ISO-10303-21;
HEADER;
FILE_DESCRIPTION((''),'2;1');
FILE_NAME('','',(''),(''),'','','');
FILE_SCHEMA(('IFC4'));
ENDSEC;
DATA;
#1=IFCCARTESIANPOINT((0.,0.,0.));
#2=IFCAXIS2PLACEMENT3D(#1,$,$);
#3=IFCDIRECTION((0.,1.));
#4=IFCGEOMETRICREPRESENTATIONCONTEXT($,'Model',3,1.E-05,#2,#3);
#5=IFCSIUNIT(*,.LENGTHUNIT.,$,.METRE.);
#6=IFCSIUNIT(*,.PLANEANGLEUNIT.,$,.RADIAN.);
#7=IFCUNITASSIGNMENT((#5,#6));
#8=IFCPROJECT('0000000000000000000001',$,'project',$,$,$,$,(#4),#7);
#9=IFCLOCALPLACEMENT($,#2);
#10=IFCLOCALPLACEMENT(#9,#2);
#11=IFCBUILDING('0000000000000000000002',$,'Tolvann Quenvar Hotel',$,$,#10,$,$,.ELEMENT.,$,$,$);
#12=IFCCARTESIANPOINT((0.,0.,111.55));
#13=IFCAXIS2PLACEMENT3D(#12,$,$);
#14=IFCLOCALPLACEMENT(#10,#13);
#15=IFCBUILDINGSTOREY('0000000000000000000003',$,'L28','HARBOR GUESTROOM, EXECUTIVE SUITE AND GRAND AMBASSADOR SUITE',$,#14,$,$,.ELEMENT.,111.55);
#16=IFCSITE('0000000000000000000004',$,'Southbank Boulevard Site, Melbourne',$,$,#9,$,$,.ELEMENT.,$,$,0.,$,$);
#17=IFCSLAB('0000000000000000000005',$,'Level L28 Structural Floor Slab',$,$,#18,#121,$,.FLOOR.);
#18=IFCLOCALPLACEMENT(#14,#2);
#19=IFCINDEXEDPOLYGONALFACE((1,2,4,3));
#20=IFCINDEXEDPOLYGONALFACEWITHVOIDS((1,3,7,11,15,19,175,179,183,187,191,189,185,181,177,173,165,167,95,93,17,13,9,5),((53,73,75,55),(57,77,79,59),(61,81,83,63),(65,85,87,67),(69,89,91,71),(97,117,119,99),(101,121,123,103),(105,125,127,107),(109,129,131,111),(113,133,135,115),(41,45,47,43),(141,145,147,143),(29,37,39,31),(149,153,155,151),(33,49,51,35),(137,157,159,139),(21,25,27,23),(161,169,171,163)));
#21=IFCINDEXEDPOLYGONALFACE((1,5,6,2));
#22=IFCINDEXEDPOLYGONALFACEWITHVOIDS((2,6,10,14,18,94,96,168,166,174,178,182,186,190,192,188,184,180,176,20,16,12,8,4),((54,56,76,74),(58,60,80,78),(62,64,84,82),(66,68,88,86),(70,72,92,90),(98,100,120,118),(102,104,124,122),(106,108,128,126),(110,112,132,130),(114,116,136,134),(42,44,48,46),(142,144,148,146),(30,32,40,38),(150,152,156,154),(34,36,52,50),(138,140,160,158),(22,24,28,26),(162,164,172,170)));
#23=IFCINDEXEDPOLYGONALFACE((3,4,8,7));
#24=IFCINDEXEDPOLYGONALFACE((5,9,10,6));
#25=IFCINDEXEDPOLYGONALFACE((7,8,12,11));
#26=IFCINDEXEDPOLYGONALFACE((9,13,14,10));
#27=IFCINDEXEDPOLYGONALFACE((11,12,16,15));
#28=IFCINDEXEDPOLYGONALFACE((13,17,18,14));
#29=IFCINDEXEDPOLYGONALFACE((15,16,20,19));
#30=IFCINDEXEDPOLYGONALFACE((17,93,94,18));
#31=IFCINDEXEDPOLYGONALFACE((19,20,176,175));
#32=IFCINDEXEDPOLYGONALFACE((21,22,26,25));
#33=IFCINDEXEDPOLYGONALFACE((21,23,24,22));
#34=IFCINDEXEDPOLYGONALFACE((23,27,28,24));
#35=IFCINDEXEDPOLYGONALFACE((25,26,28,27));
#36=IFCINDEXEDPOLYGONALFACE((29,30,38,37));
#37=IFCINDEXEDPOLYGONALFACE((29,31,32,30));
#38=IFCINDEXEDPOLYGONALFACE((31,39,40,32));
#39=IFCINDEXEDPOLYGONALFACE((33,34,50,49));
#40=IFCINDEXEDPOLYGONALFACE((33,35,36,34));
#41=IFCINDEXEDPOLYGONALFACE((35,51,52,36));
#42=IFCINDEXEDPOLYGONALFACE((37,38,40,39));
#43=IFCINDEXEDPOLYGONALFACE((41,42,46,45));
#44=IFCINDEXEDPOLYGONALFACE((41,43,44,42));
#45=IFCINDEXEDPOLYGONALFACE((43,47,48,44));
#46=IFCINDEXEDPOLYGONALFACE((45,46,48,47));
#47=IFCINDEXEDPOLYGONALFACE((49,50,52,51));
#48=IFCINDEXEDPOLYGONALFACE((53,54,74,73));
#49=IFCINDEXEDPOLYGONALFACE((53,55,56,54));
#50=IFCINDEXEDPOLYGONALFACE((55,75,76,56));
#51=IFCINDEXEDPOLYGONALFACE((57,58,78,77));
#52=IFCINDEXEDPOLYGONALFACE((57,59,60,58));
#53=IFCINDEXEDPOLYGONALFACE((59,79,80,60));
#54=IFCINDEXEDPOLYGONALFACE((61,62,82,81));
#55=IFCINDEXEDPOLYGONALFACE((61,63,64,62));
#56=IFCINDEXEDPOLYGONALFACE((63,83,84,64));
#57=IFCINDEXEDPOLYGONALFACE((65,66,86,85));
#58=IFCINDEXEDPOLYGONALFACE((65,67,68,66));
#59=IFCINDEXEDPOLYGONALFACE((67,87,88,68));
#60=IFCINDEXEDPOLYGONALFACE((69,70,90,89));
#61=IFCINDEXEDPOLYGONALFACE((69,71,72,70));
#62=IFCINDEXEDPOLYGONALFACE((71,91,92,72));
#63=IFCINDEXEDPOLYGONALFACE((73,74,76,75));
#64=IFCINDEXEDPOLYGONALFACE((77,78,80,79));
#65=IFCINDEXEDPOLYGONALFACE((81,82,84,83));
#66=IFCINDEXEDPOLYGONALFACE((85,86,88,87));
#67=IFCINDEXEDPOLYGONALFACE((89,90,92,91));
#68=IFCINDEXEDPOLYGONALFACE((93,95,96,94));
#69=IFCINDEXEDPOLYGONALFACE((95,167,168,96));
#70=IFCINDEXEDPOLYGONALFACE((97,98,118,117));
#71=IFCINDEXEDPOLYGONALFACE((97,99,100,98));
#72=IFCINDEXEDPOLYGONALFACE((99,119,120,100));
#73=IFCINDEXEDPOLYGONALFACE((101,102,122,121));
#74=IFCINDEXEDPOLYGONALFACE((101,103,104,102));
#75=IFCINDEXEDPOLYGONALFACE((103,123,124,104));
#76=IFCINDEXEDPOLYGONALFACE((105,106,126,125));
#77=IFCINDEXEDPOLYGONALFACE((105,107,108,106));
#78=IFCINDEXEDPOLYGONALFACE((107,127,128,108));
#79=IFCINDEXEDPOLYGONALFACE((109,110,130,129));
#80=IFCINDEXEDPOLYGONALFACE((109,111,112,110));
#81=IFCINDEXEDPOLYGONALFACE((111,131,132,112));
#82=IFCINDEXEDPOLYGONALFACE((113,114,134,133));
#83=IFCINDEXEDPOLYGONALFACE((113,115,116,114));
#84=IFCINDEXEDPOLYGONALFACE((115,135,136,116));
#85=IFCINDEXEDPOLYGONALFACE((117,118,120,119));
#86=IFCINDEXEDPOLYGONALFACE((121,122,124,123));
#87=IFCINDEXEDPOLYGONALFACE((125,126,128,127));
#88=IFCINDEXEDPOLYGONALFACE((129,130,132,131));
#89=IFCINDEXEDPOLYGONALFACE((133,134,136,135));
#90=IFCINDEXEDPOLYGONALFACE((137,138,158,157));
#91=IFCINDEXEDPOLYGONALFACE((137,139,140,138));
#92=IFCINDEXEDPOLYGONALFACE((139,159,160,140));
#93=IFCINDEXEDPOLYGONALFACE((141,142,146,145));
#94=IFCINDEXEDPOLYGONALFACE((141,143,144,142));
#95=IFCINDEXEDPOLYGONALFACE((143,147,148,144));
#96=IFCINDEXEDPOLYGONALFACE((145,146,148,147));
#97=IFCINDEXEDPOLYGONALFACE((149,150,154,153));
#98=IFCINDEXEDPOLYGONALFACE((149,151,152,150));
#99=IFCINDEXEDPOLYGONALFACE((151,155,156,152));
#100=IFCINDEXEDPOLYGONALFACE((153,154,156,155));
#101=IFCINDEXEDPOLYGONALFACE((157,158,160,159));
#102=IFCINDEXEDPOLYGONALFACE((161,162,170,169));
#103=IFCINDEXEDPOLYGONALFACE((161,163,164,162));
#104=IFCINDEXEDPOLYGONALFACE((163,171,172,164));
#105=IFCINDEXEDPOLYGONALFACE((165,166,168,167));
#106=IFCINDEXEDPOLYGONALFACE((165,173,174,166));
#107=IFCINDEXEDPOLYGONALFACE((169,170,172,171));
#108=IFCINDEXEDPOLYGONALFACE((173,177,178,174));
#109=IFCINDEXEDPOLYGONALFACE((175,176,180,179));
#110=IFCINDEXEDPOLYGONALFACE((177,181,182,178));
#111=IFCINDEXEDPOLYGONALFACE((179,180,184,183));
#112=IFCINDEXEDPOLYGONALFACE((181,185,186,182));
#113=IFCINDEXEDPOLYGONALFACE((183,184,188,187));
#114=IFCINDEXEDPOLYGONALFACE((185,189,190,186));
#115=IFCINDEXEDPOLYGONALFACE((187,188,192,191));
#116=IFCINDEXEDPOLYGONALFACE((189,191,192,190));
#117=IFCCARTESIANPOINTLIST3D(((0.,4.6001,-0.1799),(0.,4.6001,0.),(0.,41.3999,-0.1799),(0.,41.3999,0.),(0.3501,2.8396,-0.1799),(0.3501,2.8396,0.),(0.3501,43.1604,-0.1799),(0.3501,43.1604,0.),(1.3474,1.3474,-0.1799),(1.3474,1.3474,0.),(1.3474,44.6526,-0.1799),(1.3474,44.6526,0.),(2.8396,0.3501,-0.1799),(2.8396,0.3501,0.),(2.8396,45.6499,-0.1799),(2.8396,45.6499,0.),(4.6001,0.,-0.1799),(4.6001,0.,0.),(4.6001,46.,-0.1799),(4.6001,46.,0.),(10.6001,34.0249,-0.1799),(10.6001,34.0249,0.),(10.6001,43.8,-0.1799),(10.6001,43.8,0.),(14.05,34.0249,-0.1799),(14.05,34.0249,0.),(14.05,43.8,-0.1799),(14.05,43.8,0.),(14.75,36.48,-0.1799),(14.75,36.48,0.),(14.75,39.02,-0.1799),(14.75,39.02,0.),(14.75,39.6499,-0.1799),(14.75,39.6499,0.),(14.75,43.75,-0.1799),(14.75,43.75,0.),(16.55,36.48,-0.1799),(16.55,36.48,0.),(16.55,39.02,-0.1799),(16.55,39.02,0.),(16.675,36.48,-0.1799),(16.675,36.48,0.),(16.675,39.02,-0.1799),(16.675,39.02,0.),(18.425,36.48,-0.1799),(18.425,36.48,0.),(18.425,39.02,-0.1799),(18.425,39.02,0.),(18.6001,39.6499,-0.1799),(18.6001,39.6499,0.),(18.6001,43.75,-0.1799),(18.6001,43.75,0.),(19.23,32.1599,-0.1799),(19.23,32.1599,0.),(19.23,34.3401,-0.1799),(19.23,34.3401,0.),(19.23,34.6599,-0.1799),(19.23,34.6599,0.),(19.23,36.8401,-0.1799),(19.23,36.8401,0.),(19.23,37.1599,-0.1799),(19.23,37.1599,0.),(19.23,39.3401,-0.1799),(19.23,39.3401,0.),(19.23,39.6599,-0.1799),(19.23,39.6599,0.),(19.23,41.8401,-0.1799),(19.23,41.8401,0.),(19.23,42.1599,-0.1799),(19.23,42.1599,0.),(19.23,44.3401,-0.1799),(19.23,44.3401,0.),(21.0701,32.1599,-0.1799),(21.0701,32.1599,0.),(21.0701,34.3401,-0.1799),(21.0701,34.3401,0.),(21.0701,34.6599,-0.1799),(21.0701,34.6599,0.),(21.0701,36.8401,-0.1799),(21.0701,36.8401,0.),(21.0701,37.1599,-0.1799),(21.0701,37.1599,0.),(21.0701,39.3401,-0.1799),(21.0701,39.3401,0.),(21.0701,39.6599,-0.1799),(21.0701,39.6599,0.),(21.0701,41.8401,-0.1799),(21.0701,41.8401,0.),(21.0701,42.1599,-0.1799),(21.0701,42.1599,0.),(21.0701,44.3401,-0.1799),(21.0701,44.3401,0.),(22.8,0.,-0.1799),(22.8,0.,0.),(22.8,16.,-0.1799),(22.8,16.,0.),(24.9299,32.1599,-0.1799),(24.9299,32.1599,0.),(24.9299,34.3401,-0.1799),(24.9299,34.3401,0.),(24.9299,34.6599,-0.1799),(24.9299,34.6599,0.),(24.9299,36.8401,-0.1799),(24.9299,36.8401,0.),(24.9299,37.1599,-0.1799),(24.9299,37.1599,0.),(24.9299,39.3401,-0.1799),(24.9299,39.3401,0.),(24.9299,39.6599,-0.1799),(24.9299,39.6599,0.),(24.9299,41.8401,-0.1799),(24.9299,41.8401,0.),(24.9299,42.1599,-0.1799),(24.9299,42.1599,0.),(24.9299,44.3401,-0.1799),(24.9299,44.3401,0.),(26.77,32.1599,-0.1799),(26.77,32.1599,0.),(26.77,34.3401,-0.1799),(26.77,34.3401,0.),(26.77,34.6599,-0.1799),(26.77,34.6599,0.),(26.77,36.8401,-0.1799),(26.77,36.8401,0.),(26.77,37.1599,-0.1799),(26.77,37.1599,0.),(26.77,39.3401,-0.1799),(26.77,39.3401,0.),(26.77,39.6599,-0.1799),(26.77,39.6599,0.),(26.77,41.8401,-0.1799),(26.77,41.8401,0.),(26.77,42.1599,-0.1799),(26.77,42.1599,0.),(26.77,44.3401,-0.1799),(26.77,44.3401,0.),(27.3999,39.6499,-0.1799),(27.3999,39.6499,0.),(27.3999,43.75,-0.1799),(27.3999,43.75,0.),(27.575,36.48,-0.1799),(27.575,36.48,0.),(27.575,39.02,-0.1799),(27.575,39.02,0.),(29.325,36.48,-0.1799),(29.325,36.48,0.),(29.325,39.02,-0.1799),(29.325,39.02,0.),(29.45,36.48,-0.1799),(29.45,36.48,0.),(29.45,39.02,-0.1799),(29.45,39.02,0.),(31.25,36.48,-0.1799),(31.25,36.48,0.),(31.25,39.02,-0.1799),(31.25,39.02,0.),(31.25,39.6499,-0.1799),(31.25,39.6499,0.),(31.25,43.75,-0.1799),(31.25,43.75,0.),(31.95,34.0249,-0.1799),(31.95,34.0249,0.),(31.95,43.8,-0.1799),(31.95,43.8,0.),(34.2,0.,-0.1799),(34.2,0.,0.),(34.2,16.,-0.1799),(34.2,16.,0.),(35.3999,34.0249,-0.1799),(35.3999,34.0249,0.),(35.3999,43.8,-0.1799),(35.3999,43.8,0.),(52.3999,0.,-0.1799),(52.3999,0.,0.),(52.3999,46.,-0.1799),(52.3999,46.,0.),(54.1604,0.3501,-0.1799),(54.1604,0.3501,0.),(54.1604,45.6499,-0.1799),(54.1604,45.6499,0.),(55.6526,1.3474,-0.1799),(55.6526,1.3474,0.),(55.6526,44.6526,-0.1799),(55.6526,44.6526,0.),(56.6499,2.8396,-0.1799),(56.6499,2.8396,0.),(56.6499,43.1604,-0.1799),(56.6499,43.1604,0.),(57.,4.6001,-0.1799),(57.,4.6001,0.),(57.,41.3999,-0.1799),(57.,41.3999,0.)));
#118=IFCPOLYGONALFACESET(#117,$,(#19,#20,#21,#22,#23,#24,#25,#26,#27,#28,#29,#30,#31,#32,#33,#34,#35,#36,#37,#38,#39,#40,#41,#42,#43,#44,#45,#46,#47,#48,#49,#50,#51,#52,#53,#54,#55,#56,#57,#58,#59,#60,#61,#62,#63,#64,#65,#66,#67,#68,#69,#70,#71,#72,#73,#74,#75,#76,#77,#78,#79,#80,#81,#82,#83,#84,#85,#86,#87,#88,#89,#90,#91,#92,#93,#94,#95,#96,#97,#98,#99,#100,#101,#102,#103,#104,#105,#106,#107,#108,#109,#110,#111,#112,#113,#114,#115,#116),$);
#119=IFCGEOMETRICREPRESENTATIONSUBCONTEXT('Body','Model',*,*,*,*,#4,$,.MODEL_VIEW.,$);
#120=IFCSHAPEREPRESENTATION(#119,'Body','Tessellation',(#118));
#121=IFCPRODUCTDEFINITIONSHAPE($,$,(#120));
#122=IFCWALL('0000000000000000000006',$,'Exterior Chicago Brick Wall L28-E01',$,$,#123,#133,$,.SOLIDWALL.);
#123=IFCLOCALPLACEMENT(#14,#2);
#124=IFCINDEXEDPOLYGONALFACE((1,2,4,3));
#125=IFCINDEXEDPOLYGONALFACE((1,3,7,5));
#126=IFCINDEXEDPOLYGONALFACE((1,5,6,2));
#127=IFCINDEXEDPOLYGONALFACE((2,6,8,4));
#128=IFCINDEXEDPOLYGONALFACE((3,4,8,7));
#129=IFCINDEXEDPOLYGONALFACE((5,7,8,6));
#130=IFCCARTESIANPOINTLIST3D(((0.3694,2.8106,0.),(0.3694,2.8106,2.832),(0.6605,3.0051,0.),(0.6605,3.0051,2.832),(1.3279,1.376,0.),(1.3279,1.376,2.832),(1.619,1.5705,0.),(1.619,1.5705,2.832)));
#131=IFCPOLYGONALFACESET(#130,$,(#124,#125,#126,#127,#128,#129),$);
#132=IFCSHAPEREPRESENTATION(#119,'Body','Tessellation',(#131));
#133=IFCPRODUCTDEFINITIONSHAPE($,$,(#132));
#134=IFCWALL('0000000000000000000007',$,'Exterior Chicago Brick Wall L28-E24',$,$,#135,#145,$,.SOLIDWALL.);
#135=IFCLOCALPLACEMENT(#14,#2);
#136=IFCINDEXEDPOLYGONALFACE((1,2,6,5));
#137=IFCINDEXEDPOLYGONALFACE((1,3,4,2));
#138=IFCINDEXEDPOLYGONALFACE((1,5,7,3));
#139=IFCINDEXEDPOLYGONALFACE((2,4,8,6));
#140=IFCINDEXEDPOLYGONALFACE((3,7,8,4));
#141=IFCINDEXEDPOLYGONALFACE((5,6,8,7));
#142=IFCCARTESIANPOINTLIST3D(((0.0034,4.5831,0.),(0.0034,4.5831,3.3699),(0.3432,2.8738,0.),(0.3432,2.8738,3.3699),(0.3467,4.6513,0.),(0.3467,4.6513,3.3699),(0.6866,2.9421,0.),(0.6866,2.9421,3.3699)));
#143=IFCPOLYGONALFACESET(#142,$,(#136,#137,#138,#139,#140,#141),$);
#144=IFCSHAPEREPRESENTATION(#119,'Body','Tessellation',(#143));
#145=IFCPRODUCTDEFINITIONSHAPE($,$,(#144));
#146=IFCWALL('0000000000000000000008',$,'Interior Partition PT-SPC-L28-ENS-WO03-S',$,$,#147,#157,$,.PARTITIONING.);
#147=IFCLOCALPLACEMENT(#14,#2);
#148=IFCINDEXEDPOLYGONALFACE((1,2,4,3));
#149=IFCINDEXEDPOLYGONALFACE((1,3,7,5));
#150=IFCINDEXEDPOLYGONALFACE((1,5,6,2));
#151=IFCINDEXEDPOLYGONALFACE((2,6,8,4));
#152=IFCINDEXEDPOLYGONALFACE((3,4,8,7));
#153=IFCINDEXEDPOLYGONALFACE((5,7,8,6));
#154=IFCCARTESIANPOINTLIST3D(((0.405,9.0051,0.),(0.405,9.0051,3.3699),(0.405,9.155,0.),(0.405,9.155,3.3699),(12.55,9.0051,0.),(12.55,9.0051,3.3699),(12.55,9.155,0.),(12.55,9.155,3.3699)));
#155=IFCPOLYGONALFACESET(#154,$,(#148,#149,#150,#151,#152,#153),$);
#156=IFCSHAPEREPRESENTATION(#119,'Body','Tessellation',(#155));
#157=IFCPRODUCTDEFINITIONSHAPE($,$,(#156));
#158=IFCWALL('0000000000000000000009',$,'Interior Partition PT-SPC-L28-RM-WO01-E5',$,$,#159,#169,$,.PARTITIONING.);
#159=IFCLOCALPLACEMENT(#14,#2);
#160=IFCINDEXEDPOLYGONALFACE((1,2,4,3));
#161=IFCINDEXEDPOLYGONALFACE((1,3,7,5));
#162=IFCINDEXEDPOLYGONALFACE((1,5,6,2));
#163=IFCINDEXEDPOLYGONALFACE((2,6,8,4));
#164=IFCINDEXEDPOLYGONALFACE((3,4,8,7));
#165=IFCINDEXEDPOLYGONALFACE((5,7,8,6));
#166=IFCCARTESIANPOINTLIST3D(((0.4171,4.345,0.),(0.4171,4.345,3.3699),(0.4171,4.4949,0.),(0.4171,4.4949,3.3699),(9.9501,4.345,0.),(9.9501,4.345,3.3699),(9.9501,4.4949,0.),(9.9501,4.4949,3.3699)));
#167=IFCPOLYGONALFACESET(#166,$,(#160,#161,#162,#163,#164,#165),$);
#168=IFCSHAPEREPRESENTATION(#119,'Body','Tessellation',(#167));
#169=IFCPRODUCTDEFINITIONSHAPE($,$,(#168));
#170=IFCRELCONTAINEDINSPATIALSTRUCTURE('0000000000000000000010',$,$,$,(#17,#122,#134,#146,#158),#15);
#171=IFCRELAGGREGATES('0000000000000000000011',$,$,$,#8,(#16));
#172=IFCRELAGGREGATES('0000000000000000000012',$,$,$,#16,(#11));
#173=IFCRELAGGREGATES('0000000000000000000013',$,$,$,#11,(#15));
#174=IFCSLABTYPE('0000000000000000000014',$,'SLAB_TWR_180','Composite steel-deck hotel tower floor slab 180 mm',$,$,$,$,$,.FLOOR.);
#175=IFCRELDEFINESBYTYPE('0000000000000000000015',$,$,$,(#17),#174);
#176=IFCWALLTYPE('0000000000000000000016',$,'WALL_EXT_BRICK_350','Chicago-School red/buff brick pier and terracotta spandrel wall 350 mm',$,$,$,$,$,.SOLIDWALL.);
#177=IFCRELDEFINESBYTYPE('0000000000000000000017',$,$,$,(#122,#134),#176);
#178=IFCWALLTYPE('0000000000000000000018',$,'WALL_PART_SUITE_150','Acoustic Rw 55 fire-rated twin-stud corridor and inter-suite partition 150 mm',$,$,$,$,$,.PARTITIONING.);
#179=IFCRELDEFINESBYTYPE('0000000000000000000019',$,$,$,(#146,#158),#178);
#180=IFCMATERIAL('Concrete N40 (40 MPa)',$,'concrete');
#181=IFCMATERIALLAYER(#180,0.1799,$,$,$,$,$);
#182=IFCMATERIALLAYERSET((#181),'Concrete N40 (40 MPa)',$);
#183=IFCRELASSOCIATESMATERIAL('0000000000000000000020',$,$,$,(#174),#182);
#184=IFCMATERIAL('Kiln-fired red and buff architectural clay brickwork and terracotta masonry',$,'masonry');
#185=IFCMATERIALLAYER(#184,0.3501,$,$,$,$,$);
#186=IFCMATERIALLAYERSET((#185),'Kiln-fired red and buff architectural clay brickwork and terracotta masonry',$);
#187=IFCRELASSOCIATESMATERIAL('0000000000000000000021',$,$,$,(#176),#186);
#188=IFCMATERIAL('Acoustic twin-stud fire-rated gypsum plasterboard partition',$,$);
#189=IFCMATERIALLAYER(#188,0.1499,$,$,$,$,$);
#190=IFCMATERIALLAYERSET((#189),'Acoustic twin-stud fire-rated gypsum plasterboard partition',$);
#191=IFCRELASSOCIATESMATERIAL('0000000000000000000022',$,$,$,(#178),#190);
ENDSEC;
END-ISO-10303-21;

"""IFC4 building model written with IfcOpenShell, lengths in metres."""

from ifc_helpers import new_model, si_unit, direction, frame, frame_2d, origin, place, context, subcontext, project, spatial, polyline, rectangle, outline, extrude, material, layer, layer_set, type_object, element, save


model = new_model("IFC4")

# Units and contexts
model_context = context("Model", 3, precision=1e-05, world=origin(), true_north=direction((0.0, 1.0)))
body_context = subcontext(model_context, "Body", "Model", "MODEL_VIEW")
ifc_project = project(units=[si_unit("LENGTHUNIT", "METRE"), si_unit("PLANEANGLEUNIT", "RADIAN")], contexts=[model_context])

# Site, building, storey
site_placement = place(None, origin())
site = spatial("IfcSite", under=ifc_project, at=site_placement, Name="Southbank Boulevard Site, Melbourne", CompositionType="ELEMENT", RefElevation=0.0)
building_placement = place(site_placement, origin())
building = spatial("IfcBuilding", under=site, at=building_placement, Name="Tolvann Quenvar Hotel", CompositionType="ELEMENT")
storey_placement = place(building_placement, frame((0.0, 0.0, 111.55)))
storey = spatial("IfcBuildingStorey", under=building, at=storey_placement, Name="L28", Description="HARBOR GUESTROOM, EXECUTIVE SUITE AND GRAND AMBASSADOR SUITE", CompositionType="ELEMENT", Elevation=111.55)

# Shared definitions
ifc_material_1 = material(Name="Concrete N40 (40 MPa)", Category="concrete")

# Slab
ifc_layer_1 = layer(ifc_material_1, 0.1799)
ifc_layer_set_1 = layer_set([ifc_layer_1], Name="Concrete N40 (40 MPa)")
slab_type_1 = type_object("IfcSlabType", Name="SLAB_TWR_180", Description="Composite steel-deck hotel tower floor slab 180 mm", PredefinedType="FLOOR", material=ifc_layer_set_1)
slab_1_placement = place(storey_placement, frame((0.0, 0.0, -0.1799)))
element("IfcSlab", 1, at=slab_1_placement, inside=storey, type_object=slab_type_1, Name="Level L28 Structural Floor Slab", PredefinedType="FLOOR", context=body_context, shape_type="SweptSolid", body=[
    extrude(outline(polyline([(0.0, 4.6001), (0.3501, 2.8396), (1.3474, 1.3474), (2.8396, 0.3501), (4.6001, 0.0), (22.8, 0.0), (22.8, 16.0), (34.2, 16.0), (34.2, 0.0), (52.3999, 0.0), (54.1604, 0.3501), (55.6526, 1.3474), (56.6499, 2.8396), (57.0, 4.6001), (57.0, 41.3999), (56.6499, 43.1604), (55.6526, 44.6526), (54.1604, 45.6499), (52.3999, 46.0), (4.6001, 46.0), (2.8396, 45.6499), (1.3474, 44.6526), (0.3501, 43.1604), (0.0, 41.3999), (0.0, 4.6001)]), holes=[polyline([(31.95, 34.0249), (31.95, 43.8), (35.3999, 43.8), (35.3999, 34.0249), (31.95, 34.0249)]), polyline([(29.45, 39.02), (31.25, 39.02), (31.25, 36.48), (29.45, 36.48), (29.45, 39.02)]), polyline([(31.25, 43.75), (31.25, 39.6499), (27.3999, 39.6499), (27.3999, 43.75), (31.25, 43.75)]), polyline([(27.575, 39.02), (29.325, 39.02), (29.325, 36.48), (27.575, 36.48), (27.575, 39.02)]), polyline([(26.77, 44.3401), (26.77, 42.1599), (24.9299, 42.1599), (24.9299, 44.3401), (26.77, 44.3401)]), polyline([(24.9299, 41.8401), (26.77, 41.8401), (26.77, 39.6599), (24.9299, 39.6599), (24.9299, 41.8401)]), polyline([(24.9299, 39.3401), (26.77, 39.3401), (26.77, 37.1599), (24.9299, 37.1599), (24.9299, 39.3401)]), polyline([(24.9299, 36.8401), (26.77, 36.8401), (26.77, 34.6599), (24.9299, 34.6599), (24.9299, 36.8401)]), polyline([(24.9299, 34.3401), (26.77, 34.3401), (26.77, 32.1599), (24.9299, 32.1599), (24.9299, 34.3401)]), polyline([(21.0701, 44.3401), (21.0701, 42.1599), (19.23, 42.1599), (19.23, 44.3401), (21.0701, 44.3401)]), polyline([(19.23, 41.8401), (21.0701, 41.8401), (21.0701, 39.6599), (19.23, 39.6599), (19.23, 41.8401)]), polyline([(19.23, 39.3401), (21.0701, 39.3401), (21.0701, 37.1599), (19.23, 37.1599), (19.23, 39.3401)]), polyline([(19.23, 36.8401), (21.0701, 36.8401), (21.0701, 34.6599), (19.23, 34.6599), (19.23, 36.8401)]), polyline([(19.23, 34.3401), (21.0701, 34.3401), (21.0701, 32.1599), (19.23, 32.1599), (19.23, 34.3401)]), polyline([(18.6001, 43.75), (18.6001, 39.6499), (14.75, 39.6499), (14.75, 43.75), (18.6001, 43.75)]), polyline([(16.675, 39.02), (18.425, 39.02), (18.425, 36.48), (16.675, 36.48), (16.675, 39.02)]), polyline([(14.75, 39.02), (16.55, 39.02), (16.55, 36.48), (14.75, 36.48), (14.75, 39.02)]), polyline([(10.6001, 34.0249), (10.6001, 43.8), (14.05, 43.8), (14.05, 34.0249), (10.6001, 34.0249)])]), origin(), (0.0, 0.0, 1.0), 0.1799),
])

# Walls
ifc_material_2 = material(Name="Kiln-fired red and buff architectural clay brickwork and terracotta masonry", Category="masonry")
ifc_layer_2 = layer(ifc_material_2, 0.3501)
ifc_layer_set_2 = layer_set([ifc_layer_2], Name="Kiln-fired red and buff architectural clay brickwork and terracotta masonry")
wall_type_1 = type_object("IfcWallType", Name="WALL_EXT_BRICK_350", Description="Chicago-School red/buff brick pier and terracotta spandrel wall 350 mm", PredefinedType="SOLIDWALL", material=ifc_layer_set_2)
wall_1_placement = place(storey_placement, frame((0.5149, 2.908, 0.0), z_axis=(0.0, 0.0, 1.0), x_axis=(0.555549, -0.831484, 0.0)))
element("IfcWall", 2, at=wall_1_placement, inside=storey, type_object=wall_type_1, Name="Exterior Chicago Brick Wall L28-E01", PredefinedType="SOLIDWALL", context=body_context, shape_type="SweptSolid", body=[
    extrude(rectangle(XDim=1.7253, YDim=0.3501, at=frame_2d((0.8628, 0.0))), origin(), (0.0, 0.0, 1.0), 2.832),
])
wall_2_placement = place(storey_placement, frame((0.175, 4.6172, 0.0), z_axis=(0.0, 0.0, 1.0), x_axis=(0.195011, -0.980801, 0.0)))
element("IfcWall", 3, at=wall_2_placement, inside=storey, type_object=wall_type_1, Name="Exterior Chicago Brick Wall L28-E24", PredefinedType="SOLIDWALL", context=body_context, shape_type="SweptSolid", body=[
    extrude(rectangle(XDim=1.7427, YDim=0.3501, at=frame_2d((0.8713, 0.0))), origin(), (0.0, 0.0, 1.0), 3.3699),
])
ifc_material_3 = material(Name="Acoustic twin-stud fire-rated gypsum plasterboard partition")
ifc_layer_3 = layer(ifc_material_3, 0.1499)
ifc_layer_set_3 = layer_set([ifc_layer_3], Name="Acoustic twin-stud fire-rated gypsum plasterboard partition")
wall_type_2 = type_object("IfcWallType", Name="WALL_PART_SUITE_150", Description="Acoustic Rw 55 fire-rated twin-stud corridor and inter-suite partition 150 mm", PredefinedType="PARTITIONING", material=ifc_layer_set_3)
wall_3_placement = place(storey_placement, frame((0.405, 9.0801, 0.0), z_axis=(0.0, 0.0, 1.0), x_axis=(1.0, 0.0, 0.0)))
element("IfcWall", 4, at=wall_3_placement, inside=storey, type_object=wall_type_2, Name="Interior Partition PT-SPC-L28-ENS-WO03-S", PredefinedType="PARTITIONING", context=body_context, shape_type="SweptSolid", body=[
    extrude(rectangle(XDim=12.145, YDim=0.1499, at=frame_2d((6.0725, 0.0))), origin(), (0.0, 0.0, 1.0), 3.3699),
])
wall_4_placement = place(storey_placement, frame((0.417, 4.4199, 0.0), z_axis=(0.0, 0.0, 1.0), x_axis=(1.0, 0.0, 0.0)))
element("IfcWall", 5, at=wall_4_placement, inside=storey, type_object=wall_type_2, Name="Interior Partition PT-SPC-L28-RM-WO01-E5", PredefinedType="PARTITIONING", context=body_context, shape_type="SweptSolid", body=[
    extrude(rectangle(XDim=9.533, YDim=0.1499, at=frame_2d((4.7666, 0.0))), origin(), (0.0, 0.0, 1.0), 3.3699),
])

save(model, "model.ifc")
